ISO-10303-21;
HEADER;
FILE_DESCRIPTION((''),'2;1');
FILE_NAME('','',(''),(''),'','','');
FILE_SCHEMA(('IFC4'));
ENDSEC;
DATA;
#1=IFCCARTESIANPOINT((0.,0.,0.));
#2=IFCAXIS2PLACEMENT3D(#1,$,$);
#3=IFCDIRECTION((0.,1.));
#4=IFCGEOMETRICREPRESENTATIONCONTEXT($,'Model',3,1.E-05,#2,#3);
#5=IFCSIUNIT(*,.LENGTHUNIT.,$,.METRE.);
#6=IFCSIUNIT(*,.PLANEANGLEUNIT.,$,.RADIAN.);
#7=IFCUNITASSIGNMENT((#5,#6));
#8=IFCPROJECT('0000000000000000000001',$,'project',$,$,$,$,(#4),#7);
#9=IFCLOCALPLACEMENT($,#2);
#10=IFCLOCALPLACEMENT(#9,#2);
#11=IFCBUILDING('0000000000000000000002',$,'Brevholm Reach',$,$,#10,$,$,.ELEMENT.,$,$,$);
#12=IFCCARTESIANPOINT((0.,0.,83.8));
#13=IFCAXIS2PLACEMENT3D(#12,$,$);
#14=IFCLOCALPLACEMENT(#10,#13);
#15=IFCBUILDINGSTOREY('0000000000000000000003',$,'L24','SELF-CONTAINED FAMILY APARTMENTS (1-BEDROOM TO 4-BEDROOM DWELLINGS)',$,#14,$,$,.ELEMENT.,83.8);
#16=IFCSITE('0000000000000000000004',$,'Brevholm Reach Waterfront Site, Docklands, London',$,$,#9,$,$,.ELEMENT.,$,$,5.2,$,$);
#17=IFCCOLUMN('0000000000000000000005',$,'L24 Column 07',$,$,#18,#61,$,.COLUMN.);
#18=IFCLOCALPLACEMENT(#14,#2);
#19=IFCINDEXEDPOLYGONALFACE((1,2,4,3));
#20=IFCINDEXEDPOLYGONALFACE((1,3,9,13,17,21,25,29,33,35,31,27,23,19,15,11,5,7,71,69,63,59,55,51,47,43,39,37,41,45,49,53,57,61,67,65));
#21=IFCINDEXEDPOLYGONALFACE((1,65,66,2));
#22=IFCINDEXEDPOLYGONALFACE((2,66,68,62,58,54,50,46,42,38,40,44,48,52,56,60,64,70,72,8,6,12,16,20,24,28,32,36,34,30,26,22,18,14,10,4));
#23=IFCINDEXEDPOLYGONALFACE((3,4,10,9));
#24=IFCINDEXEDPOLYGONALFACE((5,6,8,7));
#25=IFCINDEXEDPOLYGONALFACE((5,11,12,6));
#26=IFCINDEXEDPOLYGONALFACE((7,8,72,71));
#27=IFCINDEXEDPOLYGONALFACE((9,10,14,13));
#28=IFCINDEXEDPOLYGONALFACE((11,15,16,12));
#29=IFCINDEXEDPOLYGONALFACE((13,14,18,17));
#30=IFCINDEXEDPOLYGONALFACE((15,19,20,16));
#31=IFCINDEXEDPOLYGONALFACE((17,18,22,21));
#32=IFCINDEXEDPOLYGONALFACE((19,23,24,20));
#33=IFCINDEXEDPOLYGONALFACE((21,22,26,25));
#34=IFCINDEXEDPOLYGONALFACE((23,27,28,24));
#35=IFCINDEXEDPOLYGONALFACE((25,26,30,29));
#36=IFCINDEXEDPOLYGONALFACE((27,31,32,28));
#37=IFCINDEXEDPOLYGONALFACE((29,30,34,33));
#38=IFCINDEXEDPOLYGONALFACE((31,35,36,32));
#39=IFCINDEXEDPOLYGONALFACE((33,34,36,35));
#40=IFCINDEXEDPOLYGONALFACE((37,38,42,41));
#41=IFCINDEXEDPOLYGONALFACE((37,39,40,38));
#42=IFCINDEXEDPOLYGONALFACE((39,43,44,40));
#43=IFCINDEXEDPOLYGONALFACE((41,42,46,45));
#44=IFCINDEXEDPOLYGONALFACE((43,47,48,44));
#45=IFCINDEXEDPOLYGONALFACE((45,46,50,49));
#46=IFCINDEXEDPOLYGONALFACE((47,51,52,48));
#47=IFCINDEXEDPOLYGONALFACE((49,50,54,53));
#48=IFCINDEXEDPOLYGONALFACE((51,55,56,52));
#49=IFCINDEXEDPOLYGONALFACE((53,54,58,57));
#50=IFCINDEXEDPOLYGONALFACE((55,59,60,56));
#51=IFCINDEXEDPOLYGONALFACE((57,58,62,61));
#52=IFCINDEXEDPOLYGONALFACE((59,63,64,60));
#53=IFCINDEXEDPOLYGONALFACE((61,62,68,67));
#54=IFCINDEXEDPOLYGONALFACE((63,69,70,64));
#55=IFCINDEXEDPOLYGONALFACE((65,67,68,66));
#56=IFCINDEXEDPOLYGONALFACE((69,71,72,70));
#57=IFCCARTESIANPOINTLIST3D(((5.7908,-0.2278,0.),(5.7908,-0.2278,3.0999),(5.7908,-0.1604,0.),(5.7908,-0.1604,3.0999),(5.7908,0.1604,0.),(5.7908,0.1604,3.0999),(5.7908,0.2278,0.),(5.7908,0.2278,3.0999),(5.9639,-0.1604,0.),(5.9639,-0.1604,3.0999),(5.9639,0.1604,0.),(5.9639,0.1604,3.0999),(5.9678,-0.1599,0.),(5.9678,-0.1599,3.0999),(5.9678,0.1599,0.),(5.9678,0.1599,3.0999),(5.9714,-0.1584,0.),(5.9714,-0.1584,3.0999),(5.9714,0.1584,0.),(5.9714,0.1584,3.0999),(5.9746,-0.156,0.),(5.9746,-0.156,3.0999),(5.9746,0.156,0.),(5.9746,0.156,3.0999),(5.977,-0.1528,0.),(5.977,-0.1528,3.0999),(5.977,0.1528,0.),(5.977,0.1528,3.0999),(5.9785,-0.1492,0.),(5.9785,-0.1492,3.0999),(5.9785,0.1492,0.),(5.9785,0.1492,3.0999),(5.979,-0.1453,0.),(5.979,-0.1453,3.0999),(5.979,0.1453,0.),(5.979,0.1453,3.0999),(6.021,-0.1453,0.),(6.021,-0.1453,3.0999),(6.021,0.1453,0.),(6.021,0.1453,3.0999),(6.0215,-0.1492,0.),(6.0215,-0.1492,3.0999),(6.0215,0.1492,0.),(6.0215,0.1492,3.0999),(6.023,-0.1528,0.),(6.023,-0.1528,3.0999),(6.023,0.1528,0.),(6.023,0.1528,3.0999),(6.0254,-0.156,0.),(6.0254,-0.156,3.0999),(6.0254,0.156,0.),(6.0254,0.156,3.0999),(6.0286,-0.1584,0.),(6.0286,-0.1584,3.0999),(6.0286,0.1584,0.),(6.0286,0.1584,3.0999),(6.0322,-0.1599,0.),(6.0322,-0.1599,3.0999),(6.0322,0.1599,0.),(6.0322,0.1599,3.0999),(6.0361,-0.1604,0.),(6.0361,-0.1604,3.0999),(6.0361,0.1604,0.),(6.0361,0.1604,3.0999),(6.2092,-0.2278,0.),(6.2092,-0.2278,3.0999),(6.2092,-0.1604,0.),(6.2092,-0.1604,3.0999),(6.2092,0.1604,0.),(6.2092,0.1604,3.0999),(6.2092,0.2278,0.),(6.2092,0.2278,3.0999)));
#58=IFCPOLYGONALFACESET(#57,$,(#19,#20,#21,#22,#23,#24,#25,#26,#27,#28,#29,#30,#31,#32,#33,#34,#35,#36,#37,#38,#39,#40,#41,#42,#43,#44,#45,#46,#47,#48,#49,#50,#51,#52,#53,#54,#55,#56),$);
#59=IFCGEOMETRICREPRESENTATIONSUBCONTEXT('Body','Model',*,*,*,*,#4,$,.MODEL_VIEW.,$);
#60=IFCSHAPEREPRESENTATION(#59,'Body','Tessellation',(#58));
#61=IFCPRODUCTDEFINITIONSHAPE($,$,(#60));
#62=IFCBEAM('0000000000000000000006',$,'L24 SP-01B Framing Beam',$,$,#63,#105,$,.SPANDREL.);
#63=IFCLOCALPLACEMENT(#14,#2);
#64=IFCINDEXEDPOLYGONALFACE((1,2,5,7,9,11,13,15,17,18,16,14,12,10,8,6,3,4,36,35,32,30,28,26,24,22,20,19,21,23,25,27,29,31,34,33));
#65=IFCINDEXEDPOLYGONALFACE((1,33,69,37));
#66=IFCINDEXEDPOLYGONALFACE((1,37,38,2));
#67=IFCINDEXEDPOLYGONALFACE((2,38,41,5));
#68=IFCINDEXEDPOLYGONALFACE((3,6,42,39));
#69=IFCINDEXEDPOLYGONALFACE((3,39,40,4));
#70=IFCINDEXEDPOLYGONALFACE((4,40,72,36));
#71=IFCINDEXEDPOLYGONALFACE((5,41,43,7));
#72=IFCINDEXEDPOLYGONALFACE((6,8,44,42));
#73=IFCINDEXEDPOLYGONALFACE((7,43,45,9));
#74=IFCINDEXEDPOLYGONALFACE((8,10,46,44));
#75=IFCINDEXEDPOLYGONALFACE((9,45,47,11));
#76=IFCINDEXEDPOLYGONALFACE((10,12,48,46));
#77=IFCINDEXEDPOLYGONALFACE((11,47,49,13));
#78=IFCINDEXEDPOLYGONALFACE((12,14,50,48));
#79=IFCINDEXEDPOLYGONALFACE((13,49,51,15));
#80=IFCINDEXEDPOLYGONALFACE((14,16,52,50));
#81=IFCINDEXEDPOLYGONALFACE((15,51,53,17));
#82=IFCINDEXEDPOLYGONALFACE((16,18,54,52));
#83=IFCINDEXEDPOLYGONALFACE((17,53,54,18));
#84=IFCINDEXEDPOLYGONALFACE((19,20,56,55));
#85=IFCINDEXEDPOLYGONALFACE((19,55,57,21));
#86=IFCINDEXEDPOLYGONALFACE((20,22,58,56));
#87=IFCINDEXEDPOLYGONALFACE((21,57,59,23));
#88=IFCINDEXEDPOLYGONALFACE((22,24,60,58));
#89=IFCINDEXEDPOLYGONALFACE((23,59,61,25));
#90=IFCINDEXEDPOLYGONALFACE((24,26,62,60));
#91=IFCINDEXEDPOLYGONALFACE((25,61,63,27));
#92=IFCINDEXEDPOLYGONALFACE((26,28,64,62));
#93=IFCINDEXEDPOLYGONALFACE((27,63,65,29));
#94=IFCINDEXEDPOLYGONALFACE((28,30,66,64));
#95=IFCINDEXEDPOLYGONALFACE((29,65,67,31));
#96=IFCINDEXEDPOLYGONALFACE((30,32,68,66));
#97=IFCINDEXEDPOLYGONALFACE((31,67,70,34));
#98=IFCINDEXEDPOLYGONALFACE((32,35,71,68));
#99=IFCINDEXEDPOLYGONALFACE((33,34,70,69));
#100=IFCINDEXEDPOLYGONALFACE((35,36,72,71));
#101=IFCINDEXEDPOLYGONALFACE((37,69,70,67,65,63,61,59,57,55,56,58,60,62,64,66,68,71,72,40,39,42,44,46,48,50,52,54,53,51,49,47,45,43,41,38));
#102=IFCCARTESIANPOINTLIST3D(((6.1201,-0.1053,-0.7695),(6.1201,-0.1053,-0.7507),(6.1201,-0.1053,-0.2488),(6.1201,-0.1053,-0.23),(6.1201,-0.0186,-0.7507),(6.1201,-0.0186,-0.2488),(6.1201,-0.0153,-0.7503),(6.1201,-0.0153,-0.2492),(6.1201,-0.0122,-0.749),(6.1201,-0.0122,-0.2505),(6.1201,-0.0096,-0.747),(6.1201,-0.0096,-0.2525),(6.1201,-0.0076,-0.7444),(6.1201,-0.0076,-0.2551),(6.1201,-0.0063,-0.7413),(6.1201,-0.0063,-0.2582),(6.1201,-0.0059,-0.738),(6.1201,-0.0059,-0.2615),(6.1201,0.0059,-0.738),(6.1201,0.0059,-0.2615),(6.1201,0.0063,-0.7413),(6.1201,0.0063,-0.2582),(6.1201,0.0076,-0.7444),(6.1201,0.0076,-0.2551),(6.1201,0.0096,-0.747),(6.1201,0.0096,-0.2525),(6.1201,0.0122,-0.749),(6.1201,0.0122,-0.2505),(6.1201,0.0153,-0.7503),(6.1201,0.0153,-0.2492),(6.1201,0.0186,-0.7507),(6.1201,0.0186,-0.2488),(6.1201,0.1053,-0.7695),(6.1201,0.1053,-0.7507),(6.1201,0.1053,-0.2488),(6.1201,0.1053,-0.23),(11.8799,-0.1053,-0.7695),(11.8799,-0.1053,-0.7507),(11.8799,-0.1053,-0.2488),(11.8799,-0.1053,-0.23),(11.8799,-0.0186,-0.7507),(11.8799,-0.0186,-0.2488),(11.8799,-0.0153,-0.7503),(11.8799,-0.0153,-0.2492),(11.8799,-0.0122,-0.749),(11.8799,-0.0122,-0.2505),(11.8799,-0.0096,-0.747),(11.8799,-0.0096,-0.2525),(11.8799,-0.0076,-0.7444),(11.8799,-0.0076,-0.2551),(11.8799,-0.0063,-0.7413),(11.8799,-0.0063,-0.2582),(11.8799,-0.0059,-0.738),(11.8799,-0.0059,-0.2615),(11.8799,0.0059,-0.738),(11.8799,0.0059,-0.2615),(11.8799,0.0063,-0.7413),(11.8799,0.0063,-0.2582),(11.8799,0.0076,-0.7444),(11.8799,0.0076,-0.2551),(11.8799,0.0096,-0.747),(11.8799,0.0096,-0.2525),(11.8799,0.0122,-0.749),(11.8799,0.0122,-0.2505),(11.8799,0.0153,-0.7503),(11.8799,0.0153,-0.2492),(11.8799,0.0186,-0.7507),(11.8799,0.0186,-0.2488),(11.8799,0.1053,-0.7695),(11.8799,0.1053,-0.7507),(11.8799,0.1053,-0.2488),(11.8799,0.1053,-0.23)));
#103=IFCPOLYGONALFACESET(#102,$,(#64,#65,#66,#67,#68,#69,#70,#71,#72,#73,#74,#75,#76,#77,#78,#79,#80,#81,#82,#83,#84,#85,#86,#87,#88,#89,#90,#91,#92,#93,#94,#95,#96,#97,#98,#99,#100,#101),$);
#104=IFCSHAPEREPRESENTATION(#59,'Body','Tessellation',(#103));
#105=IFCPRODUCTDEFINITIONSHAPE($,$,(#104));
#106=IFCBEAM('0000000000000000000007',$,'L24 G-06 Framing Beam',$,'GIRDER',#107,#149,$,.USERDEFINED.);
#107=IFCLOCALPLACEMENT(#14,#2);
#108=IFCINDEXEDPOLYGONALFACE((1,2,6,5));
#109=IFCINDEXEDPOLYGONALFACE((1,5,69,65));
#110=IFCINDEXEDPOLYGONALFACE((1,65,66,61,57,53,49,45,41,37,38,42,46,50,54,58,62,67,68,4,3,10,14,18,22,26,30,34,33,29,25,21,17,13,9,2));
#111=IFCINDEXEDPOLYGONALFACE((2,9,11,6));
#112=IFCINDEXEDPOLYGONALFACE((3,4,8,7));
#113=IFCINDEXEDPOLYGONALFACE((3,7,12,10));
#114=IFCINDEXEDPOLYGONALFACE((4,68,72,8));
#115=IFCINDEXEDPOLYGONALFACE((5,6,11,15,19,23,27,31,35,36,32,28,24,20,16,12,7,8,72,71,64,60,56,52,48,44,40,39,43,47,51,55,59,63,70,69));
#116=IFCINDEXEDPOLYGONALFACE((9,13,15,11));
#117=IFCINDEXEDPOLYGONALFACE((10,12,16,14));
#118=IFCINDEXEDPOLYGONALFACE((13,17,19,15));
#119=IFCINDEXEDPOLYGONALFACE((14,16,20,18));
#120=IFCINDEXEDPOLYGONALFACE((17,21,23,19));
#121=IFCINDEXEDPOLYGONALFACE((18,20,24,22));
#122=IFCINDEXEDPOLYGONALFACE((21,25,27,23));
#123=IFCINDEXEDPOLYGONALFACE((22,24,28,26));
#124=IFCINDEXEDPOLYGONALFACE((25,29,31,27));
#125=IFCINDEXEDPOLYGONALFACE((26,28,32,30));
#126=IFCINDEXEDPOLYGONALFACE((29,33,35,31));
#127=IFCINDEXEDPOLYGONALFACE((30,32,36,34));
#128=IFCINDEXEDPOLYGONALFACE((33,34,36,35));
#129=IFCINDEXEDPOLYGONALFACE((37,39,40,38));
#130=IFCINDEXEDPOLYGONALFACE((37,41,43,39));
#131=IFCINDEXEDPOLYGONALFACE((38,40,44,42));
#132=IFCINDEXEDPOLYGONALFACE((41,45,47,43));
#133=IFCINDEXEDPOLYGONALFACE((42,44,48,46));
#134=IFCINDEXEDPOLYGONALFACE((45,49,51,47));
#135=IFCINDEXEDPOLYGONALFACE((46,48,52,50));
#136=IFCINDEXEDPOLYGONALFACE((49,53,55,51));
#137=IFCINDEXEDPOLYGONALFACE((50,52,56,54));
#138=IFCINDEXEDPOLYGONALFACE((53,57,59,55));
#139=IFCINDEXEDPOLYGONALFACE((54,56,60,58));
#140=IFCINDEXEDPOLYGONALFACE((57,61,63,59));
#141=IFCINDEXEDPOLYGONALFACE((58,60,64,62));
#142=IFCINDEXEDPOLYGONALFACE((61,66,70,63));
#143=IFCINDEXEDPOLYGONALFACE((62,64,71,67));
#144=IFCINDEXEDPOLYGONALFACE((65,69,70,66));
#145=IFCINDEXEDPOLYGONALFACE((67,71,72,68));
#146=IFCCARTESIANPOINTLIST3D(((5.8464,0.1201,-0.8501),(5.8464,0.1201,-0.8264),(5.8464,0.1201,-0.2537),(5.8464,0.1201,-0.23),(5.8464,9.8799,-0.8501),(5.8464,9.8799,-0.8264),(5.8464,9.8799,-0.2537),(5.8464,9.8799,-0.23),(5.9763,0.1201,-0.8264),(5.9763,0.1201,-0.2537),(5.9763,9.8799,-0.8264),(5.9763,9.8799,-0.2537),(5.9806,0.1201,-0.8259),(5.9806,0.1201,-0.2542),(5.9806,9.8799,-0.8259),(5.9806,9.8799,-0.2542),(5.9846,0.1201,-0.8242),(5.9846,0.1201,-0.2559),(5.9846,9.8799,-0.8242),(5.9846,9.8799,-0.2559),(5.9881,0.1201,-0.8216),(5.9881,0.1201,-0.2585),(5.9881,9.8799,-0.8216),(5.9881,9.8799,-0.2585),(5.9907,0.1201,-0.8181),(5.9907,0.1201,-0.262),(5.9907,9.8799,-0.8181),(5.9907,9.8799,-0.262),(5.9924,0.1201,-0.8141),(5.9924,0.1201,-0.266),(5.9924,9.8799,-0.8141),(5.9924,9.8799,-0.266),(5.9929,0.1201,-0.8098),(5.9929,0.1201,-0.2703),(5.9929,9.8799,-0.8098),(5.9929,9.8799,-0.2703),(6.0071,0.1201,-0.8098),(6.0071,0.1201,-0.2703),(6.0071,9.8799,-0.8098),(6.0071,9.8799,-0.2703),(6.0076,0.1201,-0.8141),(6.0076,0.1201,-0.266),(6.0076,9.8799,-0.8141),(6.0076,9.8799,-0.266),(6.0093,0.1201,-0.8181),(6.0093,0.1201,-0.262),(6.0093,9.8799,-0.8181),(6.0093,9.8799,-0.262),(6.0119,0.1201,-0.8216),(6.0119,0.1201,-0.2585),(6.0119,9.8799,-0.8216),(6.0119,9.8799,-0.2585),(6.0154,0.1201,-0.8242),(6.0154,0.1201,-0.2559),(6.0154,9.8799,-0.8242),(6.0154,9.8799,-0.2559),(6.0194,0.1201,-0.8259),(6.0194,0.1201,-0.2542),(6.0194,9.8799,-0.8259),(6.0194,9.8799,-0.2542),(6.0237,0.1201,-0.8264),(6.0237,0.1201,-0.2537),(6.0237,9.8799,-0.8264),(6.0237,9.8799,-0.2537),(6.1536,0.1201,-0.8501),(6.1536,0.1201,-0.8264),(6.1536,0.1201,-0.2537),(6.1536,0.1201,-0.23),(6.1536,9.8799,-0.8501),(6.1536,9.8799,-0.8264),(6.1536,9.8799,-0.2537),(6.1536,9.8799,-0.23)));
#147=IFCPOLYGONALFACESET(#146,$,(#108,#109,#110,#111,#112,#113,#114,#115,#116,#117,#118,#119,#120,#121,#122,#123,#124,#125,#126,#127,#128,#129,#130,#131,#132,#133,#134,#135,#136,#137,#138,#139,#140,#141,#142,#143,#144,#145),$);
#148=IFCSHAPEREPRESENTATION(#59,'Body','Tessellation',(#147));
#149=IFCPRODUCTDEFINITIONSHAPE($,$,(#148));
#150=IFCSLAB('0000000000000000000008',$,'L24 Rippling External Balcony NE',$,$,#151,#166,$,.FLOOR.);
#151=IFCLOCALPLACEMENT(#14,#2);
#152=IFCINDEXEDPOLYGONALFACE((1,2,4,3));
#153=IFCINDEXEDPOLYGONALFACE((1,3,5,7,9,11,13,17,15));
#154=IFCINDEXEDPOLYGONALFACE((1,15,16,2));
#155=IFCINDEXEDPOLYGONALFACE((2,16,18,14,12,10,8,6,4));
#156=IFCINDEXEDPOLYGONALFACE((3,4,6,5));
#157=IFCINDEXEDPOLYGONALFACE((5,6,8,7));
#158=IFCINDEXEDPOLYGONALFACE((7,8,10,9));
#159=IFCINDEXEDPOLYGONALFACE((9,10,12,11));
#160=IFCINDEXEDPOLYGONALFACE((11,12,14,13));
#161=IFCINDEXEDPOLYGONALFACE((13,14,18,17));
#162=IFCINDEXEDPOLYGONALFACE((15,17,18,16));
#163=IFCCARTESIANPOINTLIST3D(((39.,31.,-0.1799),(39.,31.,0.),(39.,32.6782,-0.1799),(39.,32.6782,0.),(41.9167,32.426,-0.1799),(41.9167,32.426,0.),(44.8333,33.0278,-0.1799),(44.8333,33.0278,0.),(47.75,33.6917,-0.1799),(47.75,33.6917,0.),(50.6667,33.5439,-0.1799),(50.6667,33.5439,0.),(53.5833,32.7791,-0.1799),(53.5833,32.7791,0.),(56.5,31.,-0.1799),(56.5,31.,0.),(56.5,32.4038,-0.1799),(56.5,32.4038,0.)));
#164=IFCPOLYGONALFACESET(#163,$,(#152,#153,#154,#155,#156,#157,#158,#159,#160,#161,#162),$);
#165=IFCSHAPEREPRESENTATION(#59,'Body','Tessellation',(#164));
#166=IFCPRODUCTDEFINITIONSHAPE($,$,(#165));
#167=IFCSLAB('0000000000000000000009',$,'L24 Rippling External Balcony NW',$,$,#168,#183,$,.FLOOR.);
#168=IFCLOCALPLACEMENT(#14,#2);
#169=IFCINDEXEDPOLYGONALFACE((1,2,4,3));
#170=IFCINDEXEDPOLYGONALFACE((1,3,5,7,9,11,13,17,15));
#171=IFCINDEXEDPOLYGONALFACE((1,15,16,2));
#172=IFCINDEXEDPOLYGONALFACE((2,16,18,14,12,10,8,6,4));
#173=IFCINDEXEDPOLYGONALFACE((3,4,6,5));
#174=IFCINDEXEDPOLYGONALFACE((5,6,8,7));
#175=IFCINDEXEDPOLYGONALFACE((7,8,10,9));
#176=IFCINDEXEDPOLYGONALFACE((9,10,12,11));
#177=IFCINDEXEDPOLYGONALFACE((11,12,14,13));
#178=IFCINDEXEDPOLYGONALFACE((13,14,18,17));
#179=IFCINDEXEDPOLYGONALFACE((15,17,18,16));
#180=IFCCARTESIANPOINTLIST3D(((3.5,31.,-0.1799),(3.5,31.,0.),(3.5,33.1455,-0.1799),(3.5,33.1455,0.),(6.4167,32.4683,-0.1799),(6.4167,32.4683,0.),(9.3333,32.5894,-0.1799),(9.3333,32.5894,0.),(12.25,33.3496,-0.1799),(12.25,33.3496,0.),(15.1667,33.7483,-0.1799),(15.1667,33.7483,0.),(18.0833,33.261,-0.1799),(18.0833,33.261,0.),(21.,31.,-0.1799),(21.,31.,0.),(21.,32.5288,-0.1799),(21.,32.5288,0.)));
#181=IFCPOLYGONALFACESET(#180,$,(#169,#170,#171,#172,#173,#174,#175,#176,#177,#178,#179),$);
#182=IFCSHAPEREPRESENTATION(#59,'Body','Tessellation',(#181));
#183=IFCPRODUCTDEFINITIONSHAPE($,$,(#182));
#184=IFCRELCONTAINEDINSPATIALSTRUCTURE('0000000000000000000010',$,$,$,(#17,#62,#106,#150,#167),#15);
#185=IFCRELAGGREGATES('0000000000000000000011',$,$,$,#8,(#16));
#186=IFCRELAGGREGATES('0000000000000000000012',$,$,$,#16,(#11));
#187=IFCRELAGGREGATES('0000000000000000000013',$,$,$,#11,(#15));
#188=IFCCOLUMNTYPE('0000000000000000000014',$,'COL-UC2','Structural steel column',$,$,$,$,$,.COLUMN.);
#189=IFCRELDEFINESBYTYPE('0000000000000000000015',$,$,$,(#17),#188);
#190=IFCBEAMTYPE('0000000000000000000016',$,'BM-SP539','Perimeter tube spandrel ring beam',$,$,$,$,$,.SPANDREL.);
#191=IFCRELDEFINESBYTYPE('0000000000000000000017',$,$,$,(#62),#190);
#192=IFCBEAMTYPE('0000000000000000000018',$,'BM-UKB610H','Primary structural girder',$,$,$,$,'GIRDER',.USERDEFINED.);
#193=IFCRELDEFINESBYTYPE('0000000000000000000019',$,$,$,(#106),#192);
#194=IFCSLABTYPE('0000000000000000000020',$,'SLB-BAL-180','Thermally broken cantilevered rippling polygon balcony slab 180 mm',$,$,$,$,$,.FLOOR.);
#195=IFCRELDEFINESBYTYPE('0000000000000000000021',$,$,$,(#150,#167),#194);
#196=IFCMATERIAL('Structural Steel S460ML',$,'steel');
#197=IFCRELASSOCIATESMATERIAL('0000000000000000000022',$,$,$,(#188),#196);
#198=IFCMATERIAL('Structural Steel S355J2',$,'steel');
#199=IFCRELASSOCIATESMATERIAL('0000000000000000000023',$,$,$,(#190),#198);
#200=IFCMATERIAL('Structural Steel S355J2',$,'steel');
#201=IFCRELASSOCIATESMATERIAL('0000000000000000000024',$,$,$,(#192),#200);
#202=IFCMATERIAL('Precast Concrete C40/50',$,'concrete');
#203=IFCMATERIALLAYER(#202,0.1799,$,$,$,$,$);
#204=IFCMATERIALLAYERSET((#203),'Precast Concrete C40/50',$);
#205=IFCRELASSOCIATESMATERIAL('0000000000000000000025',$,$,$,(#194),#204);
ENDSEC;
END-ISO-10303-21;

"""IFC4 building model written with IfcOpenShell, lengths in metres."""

from ifc_helpers import new_model, si_unit, direction, frame, origin, origin_2d, place, context, subcontext, project, spatial, polyline, i_section, outline, extrude, material, layer, layer_set, material_profile, profile_set, type_object, element, save


model = new_model("IFC4")

# Units and contexts
model_context = context("Model", 3, precision=1e-05, world=origin(), true_north=direction((0.0, 1.0)))
body_context = subcontext(model_context, "Body", "Model", "MODEL_VIEW")
ifc_project = project(units=[si_unit("LENGTHUNIT", "METRE"), si_unit("PLANEANGLEUNIT", "RADIAN")], contexts=[model_context])

# Site, building, storey
site_placement = place(None, origin())
site = spatial("IfcSite", under=ifc_project, at=site_placement, Name="Brevholm Reach Waterfront Site, Docklands, London", CompositionType="ELEMENT", RefElevation=5.2)
building_placement = place(site_placement, origin())
building = spatial("IfcBuilding", under=site, at=building_placement, Name="Brevholm Reach", CompositionType="ELEMENT")
storey_placement = place(building_placement, frame((0.0, 0.0, 83.8)))
storey = spatial("IfcBuildingStorey", under=building, at=storey_placement, Name="L24", Description="SELF-CONTAINED FAMILY APARTMENTS (1-BEDROOM TO 4-BEDROOM DWELLINGS)", CompositionType="ELEMENT", Elevation=83.8)

# Column
ifc_material_1 = material(Name="Structural Steel S460ML", Category="steel")
ifc_material_profile_1 = material_profile(ifc_material_1, i_section(OverallWidth=0.4185, OverallDepth=0.4556, WebThickness=0.042, FlangeThickness=0.0674, FilletRadius=0.0151, at=origin_2d()), Name="UKC 356x406x551")
ifc_profile_set_1 = profile_set([ifc_material_profile_1], Name="Structural Steel S460ML")
column_type = type_object("IfcColumnType", Name="COL-UC2", Description="Structural steel column", PredefinedType="COLUMN", material=ifc_profile_set_1)
column_placement = place(storey_placement, frame((6.0, 0.0, 0.0), z_axis=(0.0, 0.0, 1.0), x_axis=(1.0, 0.0, 0.0)))
element("IfcColumn", 1, at=column_placement, inside=storey, type_object=column_type, Name="L24 Column 07", PredefinedType="COLUMN", context=body_context, shape_type="SweptSolid", body=[
    extrude(i_section(OverallWidth=0.4185, OverallDepth=0.4556, WebThickness=0.042, FlangeThickness=0.0674, FilletRadius=0.0151, at=origin_2d()), origin(), (0.0, 0.0, 1.0), 3.0999),
])

# Beams
ifc_material_2 = material(Name="Structural Steel S355J2", Category="steel")
ifc_material_profile_2 = material_profile(ifc_material_2, i_section(OverallWidth=0.2107, OverallDepth=0.5396, WebThickness=0.0117, FlangeThickness=0.0188, FilletRadius=0.0127, at=origin_2d()), Name="UKB 533x210x109")
ifc_profile_set_2 = profile_set([ifc_material_profile_2], Name="Structural Steel S355J2")
beam_type_1 = type_object("IfcBeamType", Name="BM-SP539", Description="Perimeter tube spandrel ring beam", PredefinedType="SPANDREL", material=ifc_profile_set_2)
beam_1_placement = place(storey_placement, frame((6.1201, 0.0, -0.4998), z_axis=(1.0, 0.0, 0.0), x_axis=(0.0, 1.0, 0.0)))
element("IfcBeam", 2, at=beam_1_placement, inside=storey, type_object=beam_type_1, Name="L24 SP-01B Framing Beam", PredefinedType="SPANDREL", context=body_context, shape_type="SweptSolid", body=[
    extrude(i_section(OverallWidth=0.2107, OverallDepth=0.5396, WebThickness=0.0117, FlangeThickness=0.0188, FilletRadius=0.0127, at=origin_2d()), origin(), (0.0, 0.0, 1.0), 5.7598),
])
ifc_material_3 = material(Name="Structural Steel S355J2", Category="steel")
ifc_material_profile_3 = material_profile(ifc_material_3, i_section(OverallWidth=0.3071, OverallDepth=0.6201, WebThickness=0.0142, FlangeThickness=0.0237, FilletRadius=0.0166, at=origin_2d()), Name="UKB 610x305x179")
ifc_profile_set_3 = profile_set([ifc_material_profile_3], Name="Structural Steel S355J2")
beam_type_2 = type_object("IfcBeamType", Name="BM-UKB610H", Description="Primary structural girder", ElementType="GIRDER", PredefinedType="USERDEFINED", material=ifc_profile_set_3)
beam_2_placement = place(storey_placement, frame((6.0, 0.1201, -0.54), z_axis=(0.0, 1.0, 0.0), x_axis=(-1.0, 0.0, 0.0)))
element("IfcBeam", 3, at=beam_2_placement, inside=storey, type_object=beam_type_2, Name="L24 G-06 Framing Beam", ObjectType="GIRDER", PredefinedType="USERDEFINED", context=body_context, shape_type="SweptSolid", body=[
    extrude(i_section(OverallWidth=0.3071, OverallDepth=0.6201, WebThickness=0.0142, FlangeThickness=0.0237, FilletRadius=0.0166, at=origin_2d()), origin(), (0.0, 0.0, 1.0), 9.7598),
])

# Slabs
ifc_material_4 = material(Name="Precast Concrete C40/50", Category="concrete")
ifc_layer_1 = layer(ifc_material_4, 0.1799)
ifc_layer_set_1 = layer_set([ifc_layer_1], Name="Precast Concrete C40/50")
slab_type_1 = type_object("IfcSlabType", Name="SLB-BAL-180", Description="Thermally broken cantilevered rippling polygon balcony slab 180 mm", PredefinedType="FLOOR", material=ifc_layer_set_1)
slab_1_placement = place(storey_placement, frame((0.0, 0.0, -0.1799)))
element("IfcSlab", 4, at=slab_1_placement, inside=storey, type_object=slab_type_1, Name="L24 Rippling External Balcony NE", PredefinedType="FLOOR", context=body_context, shape_type="SweptSolid", body=[
    extrude(outline(polyline([(39.0, 31.0), (56.5, 31.0), (56.5, 32.4038), (53.5833, 32.7791), (50.6667, 33.5439), (47.75, 33.6917), (44.8333, 33.0278), (41.9167, 32.426), (39.0, 32.6782), (39.0, 31.0)])), origin(), (0.0, 0.0, 1.0), 0.1799),
])
slab_2_placement = place(storey_placement, frame((0.0, 0.0, -0.1799)))
element("IfcSlab", 5, at=slab_2_placement, inside=storey, type_object=slab_type_1, Name="L24 Rippling External Balcony NW", PredefinedType="FLOOR", context=body_context, shape_type="SweptSolid", body=[
    extrude(outline(polyline([(3.5, 31.0), (21.0, 31.0), (21.0, 32.5288), (18.0833, 33.261), (15.1667, 33.7483), (12.25, 33.3496), (9.3333, 32.5894), (6.4167, 32.4683), (3.5, 33.1455), (3.5, 31.0)])), origin(), (0.0, 0.0, 1.0), 0.1799),
])

save(model, "model.ifc")
